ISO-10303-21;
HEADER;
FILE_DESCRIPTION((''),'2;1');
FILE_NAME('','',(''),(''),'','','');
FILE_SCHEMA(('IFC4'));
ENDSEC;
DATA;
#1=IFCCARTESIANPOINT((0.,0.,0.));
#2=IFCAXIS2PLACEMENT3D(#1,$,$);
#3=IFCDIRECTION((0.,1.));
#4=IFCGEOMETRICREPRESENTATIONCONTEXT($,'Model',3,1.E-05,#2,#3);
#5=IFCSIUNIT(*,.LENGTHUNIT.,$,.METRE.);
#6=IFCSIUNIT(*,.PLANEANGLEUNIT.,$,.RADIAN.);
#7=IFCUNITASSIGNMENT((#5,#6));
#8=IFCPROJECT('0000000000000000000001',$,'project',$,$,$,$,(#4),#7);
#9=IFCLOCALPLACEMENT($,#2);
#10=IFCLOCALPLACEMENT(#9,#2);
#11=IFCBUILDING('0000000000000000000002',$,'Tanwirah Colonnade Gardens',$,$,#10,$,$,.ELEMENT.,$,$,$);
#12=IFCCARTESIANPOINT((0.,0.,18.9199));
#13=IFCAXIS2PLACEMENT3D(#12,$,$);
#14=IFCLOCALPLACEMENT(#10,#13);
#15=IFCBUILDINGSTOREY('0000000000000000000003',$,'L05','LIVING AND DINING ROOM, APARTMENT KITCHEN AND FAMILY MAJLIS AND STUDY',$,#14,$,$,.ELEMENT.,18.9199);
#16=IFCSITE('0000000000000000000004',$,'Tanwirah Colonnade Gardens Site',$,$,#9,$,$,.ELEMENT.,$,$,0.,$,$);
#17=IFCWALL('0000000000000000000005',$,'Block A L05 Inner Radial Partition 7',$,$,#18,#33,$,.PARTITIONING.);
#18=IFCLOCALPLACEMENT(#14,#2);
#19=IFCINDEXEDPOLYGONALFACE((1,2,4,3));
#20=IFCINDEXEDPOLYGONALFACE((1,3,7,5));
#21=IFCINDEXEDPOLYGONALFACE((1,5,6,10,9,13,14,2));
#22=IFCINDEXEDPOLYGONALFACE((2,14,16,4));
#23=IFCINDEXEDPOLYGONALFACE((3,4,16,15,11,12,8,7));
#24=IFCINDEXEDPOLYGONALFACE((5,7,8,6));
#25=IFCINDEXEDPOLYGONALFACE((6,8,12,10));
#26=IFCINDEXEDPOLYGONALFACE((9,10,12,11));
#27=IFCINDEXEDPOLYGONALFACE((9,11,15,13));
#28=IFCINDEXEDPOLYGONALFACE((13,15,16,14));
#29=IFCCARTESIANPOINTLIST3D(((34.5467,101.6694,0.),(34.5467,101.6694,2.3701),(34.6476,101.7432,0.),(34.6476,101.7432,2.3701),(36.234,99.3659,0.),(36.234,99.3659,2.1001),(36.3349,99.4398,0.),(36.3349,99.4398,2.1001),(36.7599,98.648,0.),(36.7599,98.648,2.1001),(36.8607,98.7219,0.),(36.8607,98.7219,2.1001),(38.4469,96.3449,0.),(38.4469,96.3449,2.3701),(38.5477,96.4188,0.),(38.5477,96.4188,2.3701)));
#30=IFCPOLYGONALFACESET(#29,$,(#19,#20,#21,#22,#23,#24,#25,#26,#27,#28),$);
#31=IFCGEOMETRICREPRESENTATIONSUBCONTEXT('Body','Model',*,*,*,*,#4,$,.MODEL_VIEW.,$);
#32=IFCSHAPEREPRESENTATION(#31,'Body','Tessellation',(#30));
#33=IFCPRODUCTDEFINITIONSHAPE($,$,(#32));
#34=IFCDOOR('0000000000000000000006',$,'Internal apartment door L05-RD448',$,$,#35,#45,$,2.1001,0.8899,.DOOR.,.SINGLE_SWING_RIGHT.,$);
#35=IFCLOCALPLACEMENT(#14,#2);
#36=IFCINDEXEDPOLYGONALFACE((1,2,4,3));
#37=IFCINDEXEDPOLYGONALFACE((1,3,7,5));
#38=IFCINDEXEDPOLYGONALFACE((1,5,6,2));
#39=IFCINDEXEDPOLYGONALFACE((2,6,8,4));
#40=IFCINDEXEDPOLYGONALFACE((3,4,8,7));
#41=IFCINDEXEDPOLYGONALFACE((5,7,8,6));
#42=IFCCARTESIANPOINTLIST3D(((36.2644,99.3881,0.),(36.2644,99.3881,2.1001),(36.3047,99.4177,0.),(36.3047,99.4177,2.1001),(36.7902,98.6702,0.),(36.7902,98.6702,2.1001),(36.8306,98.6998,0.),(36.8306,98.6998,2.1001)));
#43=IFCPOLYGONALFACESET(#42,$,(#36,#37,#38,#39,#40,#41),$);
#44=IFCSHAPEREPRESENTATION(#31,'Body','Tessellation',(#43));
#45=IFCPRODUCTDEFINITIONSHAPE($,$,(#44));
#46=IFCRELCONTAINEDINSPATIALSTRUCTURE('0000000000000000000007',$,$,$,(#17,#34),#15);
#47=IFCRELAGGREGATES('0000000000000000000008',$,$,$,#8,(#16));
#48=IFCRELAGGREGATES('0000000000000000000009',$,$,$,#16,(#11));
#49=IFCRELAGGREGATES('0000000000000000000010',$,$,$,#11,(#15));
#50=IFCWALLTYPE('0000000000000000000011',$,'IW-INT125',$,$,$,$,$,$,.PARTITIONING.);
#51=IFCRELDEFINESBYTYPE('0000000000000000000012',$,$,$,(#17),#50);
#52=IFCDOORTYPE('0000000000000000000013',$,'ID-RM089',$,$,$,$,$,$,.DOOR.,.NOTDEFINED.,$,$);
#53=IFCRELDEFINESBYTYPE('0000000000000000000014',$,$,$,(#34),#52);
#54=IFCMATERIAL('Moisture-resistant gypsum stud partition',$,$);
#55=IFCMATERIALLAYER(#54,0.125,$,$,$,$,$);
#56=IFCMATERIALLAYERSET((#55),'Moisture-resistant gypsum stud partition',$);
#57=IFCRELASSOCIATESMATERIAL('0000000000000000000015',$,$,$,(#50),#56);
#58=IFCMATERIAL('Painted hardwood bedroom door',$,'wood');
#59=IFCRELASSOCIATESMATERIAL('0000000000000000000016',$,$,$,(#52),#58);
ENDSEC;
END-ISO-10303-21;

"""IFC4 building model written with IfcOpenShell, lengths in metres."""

from ifc_helpers import new_model, si_unit, direction, frame, frame_2d, origin, place, context, subcontext, project, spatial, rectangle, extrude, material, layer, layer_set, type_object, element, fill, save


model = new_model("IFC4")

# Units and contexts
model_context = context("Model", 3, precision=1e-05, world=origin(), true_north=direction((0.0, 1.0)))
body_context = subcontext(model_context, "Body", "Model", "MODEL_VIEW")
ifc_project = project(units=[si_unit("LENGTHUNIT", "METRE"), si_unit("PLANEANGLEUNIT", "RADIAN")], contexts=[model_context])

# Site, building, storey
site_placement = place(None, origin())
site = spatial("IfcSite", under=ifc_project, at=site_placement, Name="Tanwirah Colonnade Gardens Site", CompositionType="ELEMENT", RefElevation=0.0)
building_placement = place(site_placement, origin())
building = spatial("IfcBuilding", under=site, at=building_placement, Name="Tanwirah Colonnade Gardens", CompositionType="ELEMENT")
storey_placement = place(building_placement, frame((0.0, 0.0, 18.9199)))
storey = spatial("IfcBuildingStorey", under=building, at=storey_placement, Name="L05", Description="LIVING AND DINING ROOM, APARTMENT KITCHEN AND FAMILY MAJLIS AND STUDY", CompositionType="ELEMENT", Elevation=18.9199)

# Wall, opening, door
ifc_material_1 = material(Name="Moisture-resistant gypsum stud partition")
ifc_layer_1 = layer(ifc_material_1, 0.125)
ifc_layer_set_1 = layer_set([ifc_layer_1], Name="Moisture-resistant gypsum stud partition")
wall_type_1 = type_object("IfcWallType", Name="IW-INT125", PredefinedType="PARTITIONING", material=ifc_layer_set_1)
wall_1_placement = place(storey_placement, frame((38.4973, 96.3818, 0.0), z_axis=(0.0, 0.0, 1.0), x_axis=(-0.590924, 0.806727, 0.0)))
wall_1 = element("IfcWall", 1, at=wall_1_placement, inside=storey, type_object=wall_type_1, Name="Block A L05 Inner Radial Partition 7", PredefinedType="PARTITIONING", context=body_context, shape_type="SweptSolid", body=[
    extrude(rectangle(XDim=6.6001, YDim=0.125, at=frame_2d((3.3, 0.0))), origin(), (0.0, 0.0, 1.0), 2.3701),
])
opening_1_placement = place(wall_1_placement, frame((2.855, 0.0, 0.0)))
opening_1 = element("IfcOpeningElement", 2, at=opening_1_placement, cuts=wall_1, PredefinedType="OPENING", context=body_context, shape_type="SweptSolid", body=[
    extrude(rectangle(XDim=0.8899, YDim=2.1001, at=frame_2d((0.4448, 1.05))), frame((0.0, 0.0725, 0.0), z_axis=(0.0, -1.0, 0.0), x_axis=(1.0, 0.0, 0.0)), (0.0, 0.0, 1.0), 0.145),
])
ifc_material_2 = material(Name="Painted hardwood bedroom door", Category="wood")
door_type = type_object("IfcDoorType", Name="ID-RM089", OperationType="NOTDEFINED", PredefinedType="DOOR", material=ifc_material_2)
door_placement = place(opening_1_placement, origin())
door = element("IfcDoor", 3, at=door_placement, inside=storey, type_object=door_type, Name="Internal apartment door L05-RD448", OperationType="SINGLE_SWING_RIGHT", OverallHeight=2.1001, OverallWidth=0.8899, PredefinedType="DOOR", context=body_context, shape_type="SweptSolid", body=[
    extrude(rectangle(XDim=0.8899, YDim=2.1001, at=frame_2d((0.4448, 1.05))), frame((0.0, 0.0249, 0.0), z_axis=(0.0, -1.0, 0.0), x_axis=(1.0, 0.0, 0.0)), (0.0, 0.0, 1.0), 0.05),
])
fill(opening_1, door)

save(model, "model.ifc")
